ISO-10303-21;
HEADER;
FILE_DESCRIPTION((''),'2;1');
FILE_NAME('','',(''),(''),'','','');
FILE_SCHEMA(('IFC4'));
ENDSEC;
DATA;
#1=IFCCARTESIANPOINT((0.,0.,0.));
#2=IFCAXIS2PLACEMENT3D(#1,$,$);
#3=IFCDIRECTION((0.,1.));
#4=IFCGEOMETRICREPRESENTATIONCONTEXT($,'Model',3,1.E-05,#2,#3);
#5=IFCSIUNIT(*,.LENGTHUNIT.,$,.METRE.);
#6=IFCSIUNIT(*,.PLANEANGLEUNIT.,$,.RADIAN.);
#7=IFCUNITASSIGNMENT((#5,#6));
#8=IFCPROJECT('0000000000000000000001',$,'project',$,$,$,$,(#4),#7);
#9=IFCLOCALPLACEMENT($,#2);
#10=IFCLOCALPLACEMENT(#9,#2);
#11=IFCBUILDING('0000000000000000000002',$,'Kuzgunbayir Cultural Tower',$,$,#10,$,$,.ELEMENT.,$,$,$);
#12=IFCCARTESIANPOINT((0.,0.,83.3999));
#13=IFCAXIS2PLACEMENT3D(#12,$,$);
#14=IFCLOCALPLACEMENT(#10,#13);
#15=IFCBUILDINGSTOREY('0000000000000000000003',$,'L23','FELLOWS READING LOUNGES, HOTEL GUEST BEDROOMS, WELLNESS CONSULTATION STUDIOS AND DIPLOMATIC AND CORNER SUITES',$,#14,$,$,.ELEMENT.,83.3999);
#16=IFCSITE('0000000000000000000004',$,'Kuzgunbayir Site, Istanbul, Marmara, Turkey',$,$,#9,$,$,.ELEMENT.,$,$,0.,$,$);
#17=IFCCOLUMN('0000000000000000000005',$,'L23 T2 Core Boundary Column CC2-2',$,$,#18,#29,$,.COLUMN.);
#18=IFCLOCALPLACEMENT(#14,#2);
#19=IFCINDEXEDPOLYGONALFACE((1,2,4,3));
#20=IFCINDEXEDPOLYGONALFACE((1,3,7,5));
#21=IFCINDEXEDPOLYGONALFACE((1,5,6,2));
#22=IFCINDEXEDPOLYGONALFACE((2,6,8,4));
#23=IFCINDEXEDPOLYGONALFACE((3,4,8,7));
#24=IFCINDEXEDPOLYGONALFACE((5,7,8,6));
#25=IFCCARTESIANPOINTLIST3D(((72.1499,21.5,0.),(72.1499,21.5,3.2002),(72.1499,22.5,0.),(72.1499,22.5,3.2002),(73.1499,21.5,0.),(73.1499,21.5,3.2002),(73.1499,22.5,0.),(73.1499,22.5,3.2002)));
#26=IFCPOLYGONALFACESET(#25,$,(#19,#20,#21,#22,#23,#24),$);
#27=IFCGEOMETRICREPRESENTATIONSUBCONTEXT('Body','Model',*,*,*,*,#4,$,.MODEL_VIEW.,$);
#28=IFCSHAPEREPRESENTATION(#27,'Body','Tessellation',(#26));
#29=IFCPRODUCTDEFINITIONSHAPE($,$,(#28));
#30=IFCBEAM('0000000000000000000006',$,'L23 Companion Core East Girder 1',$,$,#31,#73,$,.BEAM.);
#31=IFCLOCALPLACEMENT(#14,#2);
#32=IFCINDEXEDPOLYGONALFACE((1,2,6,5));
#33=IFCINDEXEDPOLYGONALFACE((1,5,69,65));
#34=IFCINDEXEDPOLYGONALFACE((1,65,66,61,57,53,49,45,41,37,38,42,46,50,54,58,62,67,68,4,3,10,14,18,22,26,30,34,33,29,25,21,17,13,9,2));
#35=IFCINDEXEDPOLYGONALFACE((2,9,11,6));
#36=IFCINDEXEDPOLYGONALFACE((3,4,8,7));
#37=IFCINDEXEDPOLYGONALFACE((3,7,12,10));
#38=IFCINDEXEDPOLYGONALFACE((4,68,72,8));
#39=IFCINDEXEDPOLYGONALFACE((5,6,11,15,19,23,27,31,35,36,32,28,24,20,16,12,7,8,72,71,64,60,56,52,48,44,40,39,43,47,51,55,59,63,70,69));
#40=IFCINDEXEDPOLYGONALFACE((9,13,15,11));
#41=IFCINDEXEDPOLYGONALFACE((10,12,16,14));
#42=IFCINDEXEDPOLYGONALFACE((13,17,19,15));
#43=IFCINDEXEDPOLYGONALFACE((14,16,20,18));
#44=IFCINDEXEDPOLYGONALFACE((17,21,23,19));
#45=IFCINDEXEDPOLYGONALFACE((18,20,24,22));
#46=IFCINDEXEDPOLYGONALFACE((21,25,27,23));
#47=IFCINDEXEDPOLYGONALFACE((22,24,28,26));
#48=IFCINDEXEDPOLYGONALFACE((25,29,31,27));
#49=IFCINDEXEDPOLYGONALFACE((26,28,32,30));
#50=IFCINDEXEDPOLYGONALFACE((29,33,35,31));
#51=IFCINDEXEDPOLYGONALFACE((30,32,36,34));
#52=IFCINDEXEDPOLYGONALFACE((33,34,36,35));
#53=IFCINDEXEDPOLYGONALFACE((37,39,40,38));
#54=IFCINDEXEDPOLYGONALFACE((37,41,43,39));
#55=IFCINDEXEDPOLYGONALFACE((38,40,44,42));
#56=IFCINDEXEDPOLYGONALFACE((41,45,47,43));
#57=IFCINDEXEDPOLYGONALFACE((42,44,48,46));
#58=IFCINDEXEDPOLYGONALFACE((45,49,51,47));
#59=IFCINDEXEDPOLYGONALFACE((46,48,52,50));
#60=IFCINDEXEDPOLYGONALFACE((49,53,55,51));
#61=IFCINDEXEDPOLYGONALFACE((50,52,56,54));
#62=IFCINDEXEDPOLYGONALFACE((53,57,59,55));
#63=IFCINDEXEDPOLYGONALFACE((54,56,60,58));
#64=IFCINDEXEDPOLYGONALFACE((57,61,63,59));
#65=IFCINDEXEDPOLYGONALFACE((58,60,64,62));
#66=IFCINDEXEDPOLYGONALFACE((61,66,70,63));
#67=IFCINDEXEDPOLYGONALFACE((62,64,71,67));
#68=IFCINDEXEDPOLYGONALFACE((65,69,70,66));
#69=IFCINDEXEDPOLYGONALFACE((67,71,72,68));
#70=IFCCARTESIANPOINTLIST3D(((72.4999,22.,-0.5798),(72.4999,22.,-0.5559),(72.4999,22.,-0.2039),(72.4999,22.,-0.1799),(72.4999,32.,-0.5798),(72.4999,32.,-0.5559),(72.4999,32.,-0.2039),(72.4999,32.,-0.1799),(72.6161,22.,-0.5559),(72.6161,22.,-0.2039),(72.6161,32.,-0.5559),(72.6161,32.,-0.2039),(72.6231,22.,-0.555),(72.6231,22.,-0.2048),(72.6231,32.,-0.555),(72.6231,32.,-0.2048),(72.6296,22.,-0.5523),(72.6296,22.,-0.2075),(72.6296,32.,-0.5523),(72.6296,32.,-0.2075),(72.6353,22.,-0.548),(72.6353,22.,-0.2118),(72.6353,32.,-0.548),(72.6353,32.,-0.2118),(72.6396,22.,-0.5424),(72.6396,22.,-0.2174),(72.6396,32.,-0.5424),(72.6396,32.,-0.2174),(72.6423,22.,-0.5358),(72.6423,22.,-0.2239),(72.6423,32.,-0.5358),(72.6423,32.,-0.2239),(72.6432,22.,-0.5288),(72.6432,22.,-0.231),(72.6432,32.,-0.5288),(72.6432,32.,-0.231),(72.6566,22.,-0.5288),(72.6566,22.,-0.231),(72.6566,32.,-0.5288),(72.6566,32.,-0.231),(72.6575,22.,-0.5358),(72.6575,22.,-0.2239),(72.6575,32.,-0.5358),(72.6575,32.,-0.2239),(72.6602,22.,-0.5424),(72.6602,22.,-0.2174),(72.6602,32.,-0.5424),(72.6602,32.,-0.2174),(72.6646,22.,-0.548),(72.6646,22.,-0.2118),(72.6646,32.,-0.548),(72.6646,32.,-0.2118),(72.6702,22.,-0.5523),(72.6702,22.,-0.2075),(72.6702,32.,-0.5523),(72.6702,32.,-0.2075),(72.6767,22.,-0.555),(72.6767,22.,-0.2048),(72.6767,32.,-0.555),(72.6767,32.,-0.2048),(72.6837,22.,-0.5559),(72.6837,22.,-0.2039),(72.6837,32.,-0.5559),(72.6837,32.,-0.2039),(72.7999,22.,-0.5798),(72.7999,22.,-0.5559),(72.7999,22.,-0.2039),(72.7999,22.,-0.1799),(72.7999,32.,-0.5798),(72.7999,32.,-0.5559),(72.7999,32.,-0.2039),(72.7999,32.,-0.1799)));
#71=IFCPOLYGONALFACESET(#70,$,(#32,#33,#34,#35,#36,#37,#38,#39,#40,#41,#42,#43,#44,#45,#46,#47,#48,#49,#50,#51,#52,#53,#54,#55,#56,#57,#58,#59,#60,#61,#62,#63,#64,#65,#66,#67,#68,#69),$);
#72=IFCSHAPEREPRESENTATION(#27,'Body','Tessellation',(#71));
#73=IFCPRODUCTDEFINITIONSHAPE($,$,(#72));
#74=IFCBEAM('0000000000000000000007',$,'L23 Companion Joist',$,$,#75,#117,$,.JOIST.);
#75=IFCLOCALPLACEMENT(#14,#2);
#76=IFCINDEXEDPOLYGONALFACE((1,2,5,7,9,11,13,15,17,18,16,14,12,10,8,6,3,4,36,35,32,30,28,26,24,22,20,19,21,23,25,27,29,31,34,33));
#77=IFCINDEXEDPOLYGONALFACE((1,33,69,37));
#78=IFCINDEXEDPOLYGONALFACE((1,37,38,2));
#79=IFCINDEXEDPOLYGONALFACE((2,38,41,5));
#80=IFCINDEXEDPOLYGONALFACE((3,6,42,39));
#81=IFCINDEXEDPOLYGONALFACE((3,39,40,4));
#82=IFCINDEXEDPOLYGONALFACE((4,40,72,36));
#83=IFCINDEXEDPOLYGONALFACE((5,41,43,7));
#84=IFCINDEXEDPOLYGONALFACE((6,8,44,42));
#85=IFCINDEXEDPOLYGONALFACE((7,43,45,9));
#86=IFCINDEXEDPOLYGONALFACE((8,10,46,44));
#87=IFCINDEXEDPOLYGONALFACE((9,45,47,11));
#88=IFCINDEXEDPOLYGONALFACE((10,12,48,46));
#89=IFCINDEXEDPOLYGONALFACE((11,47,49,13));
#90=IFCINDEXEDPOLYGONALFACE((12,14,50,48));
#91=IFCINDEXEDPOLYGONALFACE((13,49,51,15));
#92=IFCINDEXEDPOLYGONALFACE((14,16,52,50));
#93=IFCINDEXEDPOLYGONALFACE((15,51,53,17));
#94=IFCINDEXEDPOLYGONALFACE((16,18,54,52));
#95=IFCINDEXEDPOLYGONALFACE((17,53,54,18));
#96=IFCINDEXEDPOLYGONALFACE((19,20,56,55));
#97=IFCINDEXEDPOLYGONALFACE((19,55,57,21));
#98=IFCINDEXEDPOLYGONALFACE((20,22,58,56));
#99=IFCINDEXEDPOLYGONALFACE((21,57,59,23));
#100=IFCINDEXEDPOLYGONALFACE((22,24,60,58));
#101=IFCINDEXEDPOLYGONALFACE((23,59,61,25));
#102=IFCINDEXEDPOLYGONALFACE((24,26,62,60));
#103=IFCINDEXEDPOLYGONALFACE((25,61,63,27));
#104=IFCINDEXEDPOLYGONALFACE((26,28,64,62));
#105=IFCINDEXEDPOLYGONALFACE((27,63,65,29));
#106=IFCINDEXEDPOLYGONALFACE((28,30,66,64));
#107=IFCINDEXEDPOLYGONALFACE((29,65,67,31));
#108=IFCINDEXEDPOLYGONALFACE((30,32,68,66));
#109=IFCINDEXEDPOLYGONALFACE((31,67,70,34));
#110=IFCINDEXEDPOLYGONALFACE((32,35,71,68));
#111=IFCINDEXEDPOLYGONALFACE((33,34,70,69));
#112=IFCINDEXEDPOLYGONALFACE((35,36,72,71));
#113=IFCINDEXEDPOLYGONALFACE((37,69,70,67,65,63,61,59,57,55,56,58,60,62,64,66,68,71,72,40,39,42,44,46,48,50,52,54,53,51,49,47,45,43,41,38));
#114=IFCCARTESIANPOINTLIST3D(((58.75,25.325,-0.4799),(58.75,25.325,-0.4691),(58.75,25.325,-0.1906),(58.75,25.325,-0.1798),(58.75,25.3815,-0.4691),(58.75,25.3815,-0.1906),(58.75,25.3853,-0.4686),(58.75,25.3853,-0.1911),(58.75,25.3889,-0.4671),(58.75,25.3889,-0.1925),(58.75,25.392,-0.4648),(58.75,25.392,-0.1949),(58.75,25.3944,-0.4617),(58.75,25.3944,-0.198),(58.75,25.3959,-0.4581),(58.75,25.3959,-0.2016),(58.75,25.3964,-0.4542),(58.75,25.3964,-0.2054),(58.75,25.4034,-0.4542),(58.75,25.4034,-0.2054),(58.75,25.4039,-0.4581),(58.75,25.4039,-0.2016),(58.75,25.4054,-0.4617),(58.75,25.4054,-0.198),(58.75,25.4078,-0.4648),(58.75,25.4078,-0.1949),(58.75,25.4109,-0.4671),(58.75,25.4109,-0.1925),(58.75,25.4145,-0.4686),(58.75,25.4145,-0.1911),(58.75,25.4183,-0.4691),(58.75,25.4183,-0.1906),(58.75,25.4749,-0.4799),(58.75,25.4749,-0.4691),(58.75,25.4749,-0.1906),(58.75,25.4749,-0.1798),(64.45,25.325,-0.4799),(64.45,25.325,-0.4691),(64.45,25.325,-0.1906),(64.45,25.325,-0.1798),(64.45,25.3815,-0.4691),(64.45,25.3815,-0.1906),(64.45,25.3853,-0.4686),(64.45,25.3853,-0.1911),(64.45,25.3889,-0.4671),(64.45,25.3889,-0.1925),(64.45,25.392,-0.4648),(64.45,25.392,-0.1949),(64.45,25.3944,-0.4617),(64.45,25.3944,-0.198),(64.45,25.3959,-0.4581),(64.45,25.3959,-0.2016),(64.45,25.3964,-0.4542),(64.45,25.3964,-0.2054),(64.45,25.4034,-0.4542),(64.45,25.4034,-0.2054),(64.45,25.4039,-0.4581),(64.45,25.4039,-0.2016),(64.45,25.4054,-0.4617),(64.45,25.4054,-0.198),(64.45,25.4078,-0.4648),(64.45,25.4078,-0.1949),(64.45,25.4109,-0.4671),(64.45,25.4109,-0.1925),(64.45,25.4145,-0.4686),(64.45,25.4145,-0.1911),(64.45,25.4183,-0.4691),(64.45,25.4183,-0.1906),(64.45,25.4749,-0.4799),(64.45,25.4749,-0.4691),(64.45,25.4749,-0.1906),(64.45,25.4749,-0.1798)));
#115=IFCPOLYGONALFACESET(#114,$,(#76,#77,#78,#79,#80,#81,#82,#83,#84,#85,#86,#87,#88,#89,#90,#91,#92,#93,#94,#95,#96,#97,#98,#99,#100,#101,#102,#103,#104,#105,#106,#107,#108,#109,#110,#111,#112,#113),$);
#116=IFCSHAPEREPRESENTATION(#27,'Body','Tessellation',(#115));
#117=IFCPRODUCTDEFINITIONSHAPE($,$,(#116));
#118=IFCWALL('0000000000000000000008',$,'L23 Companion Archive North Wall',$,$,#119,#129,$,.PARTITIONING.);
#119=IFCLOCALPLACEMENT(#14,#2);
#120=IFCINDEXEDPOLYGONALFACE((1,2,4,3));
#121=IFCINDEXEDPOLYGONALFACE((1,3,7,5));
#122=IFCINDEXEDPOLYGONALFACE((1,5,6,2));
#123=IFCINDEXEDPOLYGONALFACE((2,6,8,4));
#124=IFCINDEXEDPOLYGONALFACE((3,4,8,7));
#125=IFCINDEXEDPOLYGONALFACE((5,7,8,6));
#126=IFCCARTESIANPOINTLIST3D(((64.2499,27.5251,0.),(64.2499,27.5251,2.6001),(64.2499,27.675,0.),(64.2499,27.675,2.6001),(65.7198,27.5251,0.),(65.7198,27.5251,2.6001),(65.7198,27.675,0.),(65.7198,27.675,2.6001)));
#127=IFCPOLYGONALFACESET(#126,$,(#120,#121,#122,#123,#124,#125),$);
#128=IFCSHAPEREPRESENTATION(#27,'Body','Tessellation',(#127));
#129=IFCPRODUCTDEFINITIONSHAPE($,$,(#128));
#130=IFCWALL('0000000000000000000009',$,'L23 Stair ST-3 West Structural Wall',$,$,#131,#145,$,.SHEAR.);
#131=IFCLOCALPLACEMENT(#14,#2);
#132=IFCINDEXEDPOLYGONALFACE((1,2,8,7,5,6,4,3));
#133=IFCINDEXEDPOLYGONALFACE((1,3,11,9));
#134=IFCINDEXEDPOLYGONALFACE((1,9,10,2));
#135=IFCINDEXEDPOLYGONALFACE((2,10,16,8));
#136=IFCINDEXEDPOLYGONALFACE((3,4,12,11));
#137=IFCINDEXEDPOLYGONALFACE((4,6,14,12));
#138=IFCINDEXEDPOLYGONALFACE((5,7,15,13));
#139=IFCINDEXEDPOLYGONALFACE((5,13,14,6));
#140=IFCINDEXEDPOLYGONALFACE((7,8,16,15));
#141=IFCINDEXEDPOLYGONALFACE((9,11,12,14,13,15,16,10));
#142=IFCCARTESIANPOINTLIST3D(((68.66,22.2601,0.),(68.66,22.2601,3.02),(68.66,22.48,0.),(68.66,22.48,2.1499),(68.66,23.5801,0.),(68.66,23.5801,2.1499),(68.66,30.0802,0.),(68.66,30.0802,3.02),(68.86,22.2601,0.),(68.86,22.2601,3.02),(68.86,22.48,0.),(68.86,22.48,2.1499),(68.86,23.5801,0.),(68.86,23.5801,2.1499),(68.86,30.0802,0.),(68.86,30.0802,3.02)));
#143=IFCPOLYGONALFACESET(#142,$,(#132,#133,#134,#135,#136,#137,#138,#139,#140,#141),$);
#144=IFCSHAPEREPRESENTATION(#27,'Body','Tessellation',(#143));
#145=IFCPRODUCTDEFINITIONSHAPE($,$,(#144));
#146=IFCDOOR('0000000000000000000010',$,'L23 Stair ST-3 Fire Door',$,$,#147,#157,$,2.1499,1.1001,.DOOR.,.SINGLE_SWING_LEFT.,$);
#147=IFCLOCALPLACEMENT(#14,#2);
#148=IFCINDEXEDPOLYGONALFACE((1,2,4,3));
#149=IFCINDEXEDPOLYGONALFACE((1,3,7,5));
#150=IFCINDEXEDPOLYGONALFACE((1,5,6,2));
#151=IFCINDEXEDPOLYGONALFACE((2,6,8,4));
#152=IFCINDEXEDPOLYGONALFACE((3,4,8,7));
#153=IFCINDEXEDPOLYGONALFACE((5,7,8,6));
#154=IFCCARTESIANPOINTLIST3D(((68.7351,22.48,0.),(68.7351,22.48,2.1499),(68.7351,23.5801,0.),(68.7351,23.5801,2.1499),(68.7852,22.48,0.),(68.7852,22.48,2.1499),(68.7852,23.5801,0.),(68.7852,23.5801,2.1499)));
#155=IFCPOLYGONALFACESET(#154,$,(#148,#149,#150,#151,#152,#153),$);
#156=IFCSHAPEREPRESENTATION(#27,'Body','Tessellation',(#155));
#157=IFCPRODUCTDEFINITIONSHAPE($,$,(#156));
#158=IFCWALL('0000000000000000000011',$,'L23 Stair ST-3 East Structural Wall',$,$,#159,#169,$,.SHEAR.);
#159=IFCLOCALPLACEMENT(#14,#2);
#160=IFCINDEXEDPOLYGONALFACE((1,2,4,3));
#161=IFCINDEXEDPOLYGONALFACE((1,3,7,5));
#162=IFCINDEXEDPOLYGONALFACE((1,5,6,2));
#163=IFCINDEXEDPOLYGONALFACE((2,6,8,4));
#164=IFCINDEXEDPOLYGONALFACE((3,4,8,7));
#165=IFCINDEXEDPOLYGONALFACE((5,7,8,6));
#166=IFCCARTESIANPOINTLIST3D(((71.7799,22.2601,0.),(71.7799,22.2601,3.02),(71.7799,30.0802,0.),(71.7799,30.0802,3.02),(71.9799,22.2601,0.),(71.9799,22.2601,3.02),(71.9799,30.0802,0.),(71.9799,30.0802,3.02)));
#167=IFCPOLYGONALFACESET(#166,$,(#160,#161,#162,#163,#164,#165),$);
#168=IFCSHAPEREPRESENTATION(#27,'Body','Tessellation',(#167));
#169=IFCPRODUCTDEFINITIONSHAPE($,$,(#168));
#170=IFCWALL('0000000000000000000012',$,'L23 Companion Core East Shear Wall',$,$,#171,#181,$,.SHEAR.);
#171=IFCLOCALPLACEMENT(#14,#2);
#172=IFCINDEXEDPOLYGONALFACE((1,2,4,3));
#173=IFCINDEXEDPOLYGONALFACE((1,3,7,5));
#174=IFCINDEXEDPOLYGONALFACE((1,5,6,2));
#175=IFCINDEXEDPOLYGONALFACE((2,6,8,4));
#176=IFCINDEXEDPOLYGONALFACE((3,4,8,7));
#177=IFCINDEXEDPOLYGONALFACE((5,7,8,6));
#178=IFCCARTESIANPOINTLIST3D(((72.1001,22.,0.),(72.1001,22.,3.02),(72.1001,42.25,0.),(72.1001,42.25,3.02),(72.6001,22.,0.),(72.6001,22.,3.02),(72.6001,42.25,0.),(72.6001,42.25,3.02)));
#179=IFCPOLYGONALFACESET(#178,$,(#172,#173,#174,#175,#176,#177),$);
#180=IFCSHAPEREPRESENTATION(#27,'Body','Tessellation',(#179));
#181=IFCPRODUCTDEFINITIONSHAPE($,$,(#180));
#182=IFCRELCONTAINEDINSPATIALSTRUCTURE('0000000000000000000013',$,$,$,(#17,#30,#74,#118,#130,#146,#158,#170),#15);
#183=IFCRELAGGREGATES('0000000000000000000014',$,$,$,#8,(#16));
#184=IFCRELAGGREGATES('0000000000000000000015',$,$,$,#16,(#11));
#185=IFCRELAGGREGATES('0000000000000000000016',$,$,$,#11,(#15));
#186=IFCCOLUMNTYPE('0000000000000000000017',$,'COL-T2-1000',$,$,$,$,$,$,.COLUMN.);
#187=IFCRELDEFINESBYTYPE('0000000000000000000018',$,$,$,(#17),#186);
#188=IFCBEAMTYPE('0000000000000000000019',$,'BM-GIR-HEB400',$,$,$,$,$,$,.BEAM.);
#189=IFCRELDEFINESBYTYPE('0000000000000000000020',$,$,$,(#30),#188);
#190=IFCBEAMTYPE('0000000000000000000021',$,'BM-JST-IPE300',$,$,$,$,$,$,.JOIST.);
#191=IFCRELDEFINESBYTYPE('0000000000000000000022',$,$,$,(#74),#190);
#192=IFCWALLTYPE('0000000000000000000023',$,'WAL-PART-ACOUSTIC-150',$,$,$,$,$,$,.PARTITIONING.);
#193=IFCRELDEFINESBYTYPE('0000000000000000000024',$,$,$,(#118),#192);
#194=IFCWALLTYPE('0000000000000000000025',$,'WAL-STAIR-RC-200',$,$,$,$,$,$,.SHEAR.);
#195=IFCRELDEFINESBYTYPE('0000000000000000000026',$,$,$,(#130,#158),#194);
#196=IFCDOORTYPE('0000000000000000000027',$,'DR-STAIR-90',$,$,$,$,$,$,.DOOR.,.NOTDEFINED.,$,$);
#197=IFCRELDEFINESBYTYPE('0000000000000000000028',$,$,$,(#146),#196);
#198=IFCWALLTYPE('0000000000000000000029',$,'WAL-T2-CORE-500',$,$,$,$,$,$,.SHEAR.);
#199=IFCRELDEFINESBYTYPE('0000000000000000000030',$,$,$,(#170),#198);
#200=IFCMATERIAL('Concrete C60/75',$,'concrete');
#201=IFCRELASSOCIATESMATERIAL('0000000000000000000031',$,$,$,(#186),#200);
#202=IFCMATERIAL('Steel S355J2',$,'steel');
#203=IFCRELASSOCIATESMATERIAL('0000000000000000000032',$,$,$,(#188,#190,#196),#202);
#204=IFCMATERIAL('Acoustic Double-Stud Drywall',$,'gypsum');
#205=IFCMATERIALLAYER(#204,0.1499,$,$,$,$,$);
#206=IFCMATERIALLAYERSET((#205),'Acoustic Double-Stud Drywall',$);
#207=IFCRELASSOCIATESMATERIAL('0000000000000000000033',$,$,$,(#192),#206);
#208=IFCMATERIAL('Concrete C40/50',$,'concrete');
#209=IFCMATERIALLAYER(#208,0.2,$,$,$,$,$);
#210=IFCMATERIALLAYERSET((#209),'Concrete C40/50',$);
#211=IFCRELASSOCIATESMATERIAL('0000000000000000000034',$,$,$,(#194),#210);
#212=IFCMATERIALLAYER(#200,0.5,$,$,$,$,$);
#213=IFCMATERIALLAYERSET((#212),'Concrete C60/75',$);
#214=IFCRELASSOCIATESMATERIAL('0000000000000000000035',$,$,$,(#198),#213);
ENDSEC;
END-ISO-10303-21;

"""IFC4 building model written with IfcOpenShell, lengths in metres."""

from ifc_helpers import new_model, si_unit, direction, frame, frame_2d, origin, origin_2d, place, context, subcontext, project, spatial, rectangle, i_section, extrude, material, layer, layer_set, material_profile, profile_set, type_object, element, fill, save


model = new_model("IFC4")

# Units and contexts
model_context = context("Model", 3, precision=1e-05, world=origin(), true_north=direction((0.0, 1.0)))
body_context = subcontext(model_context, "Body", "Model", "MODEL_VIEW")
ifc_project = project(units=[si_unit("LENGTHUNIT", "METRE"), si_unit("PLANEANGLEUNIT", "RADIAN")], contexts=[model_context])

# Site, building, storey
site_placement = place(None, origin())
site = spatial("IfcSite", under=ifc_project, at=site_placement, Name="Kuzgunbayir Site, Istanbul, Marmara, Turkey", CompositionType="ELEMENT", RefElevation=0.0)
building_placement = place(site_placement, origin())
building = spatial("IfcBuilding", under=site, at=building_placement, Name="Kuzgunbayir Cultural Tower", CompositionType="ELEMENT")
storey_placement = place(building_placement, frame((0.0, 0.0, 83.3999)))
storey = spatial("IfcBuildingStorey", under=building, at=storey_placement, Name="L23", Description="FELLOWS READING LOUNGES, HOTEL GUEST BEDROOMS, WELLNESS CONSULTATION STUDIOS AND DIPLOMATIC AND CORNER SUITES", CompositionType="ELEMENT", Elevation=83.3999)

# Column
ifc_material_1 = material(Name="Concrete C60/75", Category="concrete")
ifc_material_profile_1 = material_profile(ifc_material_1, rectangle(XDim=1.0, YDim=1.0, at=origin_2d()), Name="RC 1000x1000")
ifc_profile_set_1 = profile_set([ifc_material_profile_1], Name="Concrete C60/75")
column_type = type_object("IfcColumnType", Name="COL-T2-1000", PredefinedType="COLUMN", material=ifc_profile_set_1)
column_placement = place(storey_placement, frame((72.6499, 22.0, 0.0), z_axis=(0.0, 0.0, 1.0), x_axis=(1.0, 0.0, 0.0)))
element("IfcColumn", 1, at=column_placement, inside=storey, type_object=column_type, Name="L23 T2 Core Boundary Column CC2-2", PredefinedType="COLUMN", context=body_context, shape_type="SweptSolid", body=[
    extrude(rectangle(XDim=1.0, YDim=1.0, at=origin_2d()), origin(), (0.0, 0.0, 1.0), 3.2002),
])

# Beams
ifc_material_2 = material(Name="Steel S355J2", Category="steel")
ifc_material_profile_2 = material_profile(ifc_material_2, i_section(OverallWidth=0.3, OverallDepth=0.3999, WebThickness=0.0134, FlangeThickness=0.0239, FilletRadius=0.0271, at=origin_2d()), Name="HEB 400")
ifc_profile_set_2 = profile_set([ifc_material_profile_2], Name="Steel S355J2")
beam_type_1 = type_object("IfcBeamType", Name="BM-GIR-HEB400", PredefinedType="BEAM", material=ifc_profile_set_2)
beam_1_placement = place(storey_placement, frame((72.6499, 22.0, -0.3799), z_axis=(0.0, 1.0, 0.0), x_axis=(-1.0, 0.0, 0.0)))
element("IfcBeam", 2, at=beam_1_placement, inside=storey, type_object=beam_type_1, Name="L23 Companion Core East Girder 1", PredefinedType="BEAM", context=body_context, shape_type="SweptSolid", body=[
    extrude(i_section(OverallWidth=0.3, OverallDepth=0.3999, WebThickness=0.0134, FlangeThickness=0.0239, FilletRadius=0.0271, at=origin_2d()), origin(), (0.0, 0.0, 1.0), 10.0),
])
ifc_material_profile_3 = material_profile(ifc_material_2, i_section(OverallWidth=0.1499, OverallDepth=0.3, WebThickness=0.0071, FlangeThickness=0.0107, FilletRadius=0.0149, at=origin_2d()), Name="IPE 300")
ifc_profile_set_3 = profile_set([ifc_material_profile_3], Name="Steel S355J2")
beam_type_2 = type_object("IfcBeamType", Name="BM-JST-IPE300", PredefinedType="JOIST", material=ifc_profile_set_3)
beam_2_placement = place(storey_placement, frame((58.75, 25.3999, -0.3298), z_axis=(1.0, 0.0, 0.0), x_axis=(0.0, 1.0, 0.0)))
element("IfcBeam", 3, at=beam_2_placement, inside=storey, type_object=beam_type_2, Name="L23 Companion Joist", PredefinedType="JOIST", context=body_context, shape_type="SweptSolid", body=[
    extrude(i_section(OverallWidth=0.1499, OverallDepth=0.3, WebThickness=0.0071, FlangeThickness=0.0107, FilletRadius=0.0149, at=origin_2d()), origin(), (0.0, 0.0, 1.0), 5.7),
])

# Wall
ifc_material_3 = material(Name="Acoustic Double-Stud Drywall", Category="gypsum")
ifc_layer_1 = layer(ifc_material_3, 0.1499)
ifc_layer_set_1 = layer_set([ifc_layer_1], Name="Acoustic Double-Stud Drywall")
wall_type_1 = type_object("IfcWallType", Name="WAL-PART-ACOUSTIC-150", PredefinedType="PARTITIONING", material=ifc_layer_set_1)
wall_1_placement = place(storey_placement, frame((64.25, 27.6001, 0.0), z_axis=(0.0, 0.0, 1.0), x_axis=(1.0, 0.0, 0.0)))
element("IfcWall", 4, at=wall_1_placement, inside=storey, type_object=wall_type_1, Name="L23 Companion Archive North Wall", PredefinedType="PARTITIONING", context=body_context, shape_type="SweptSolid", body=[
    extrude(rectangle(XDim=1.47, YDim=0.1499, at=frame_2d((0.7349, 0.0))), origin(), (0.0, 0.0, 1.0), 2.6001),
])

# Wall, opening, door
ifc_material_4 = material(Name="Concrete C40/50", Category="concrete")
ifc_layer_2 = layer(ifc_material_4, 0.2)
ifc_layer_set_2 = layer_set([ifc_layer_2], Name="Concrete C40/50")
wall_type_2 = type_object("IfcWallType", Name="WAL-STAIR-RC-200", PredefinedType="SHEAR", material=ifc_layer_set_2)
wall_2_placement = place(storey_placement, frame((68.76, 22.26, 0.0), z_axis=(0.0, 0.0, 1.0), x_axis=(0.0, 1.0, 0.0)))
wall_2 = element("IfcWall", 5, at=wall_2_placement, inside=storey, type_object=wall_type_2, Name="L23 Stair ST-3 West Structural Wall", PredefinedType="SHEAR", context=body_context, shape_type="SweptSolid", body=[
    extrude(rectangle(XDim=7.8201, YDim=0.2, at=frame_2d((3.9102, 0.0))), origin(), (0.0, 0.0, 1.0), 3.02),
])
opening_1_placement = place(wall_2_placement, frame((0.22, 0.0, 0.0)))
opening_1 = element("IfcOpeningElement", 6, at=opening_1_placement, cuts=wall_2, PredefinedType="OPENING", context=body_context, shape_type="SweptSolid", body=[
    extrude(rectangle(XDim=1.1001, YDim=2.1499, at=frame_2d((0.55, 1.075))), frame((0.0, 0.1099, 0.0), z_axis=(0.0, -1.0, 0.0), x_axis=(1.0, 0.0, 0.0)), (0.0, 0.0, 1.0), 0.22),
])
door_type_1 = type_object("IfcDoorType", Name="DR-STAIR-90", OperationType="NOTDEFINED", PredefinedType="DOOR", material=ifc_material_2)
door_1_placement = place(opening_1_placement, origin())
door_1 = element("IfcDoor", 7, at=door_1_placement, inside=storey, type_object=door_type_1, Name="L23 Stair ST-3 Fire Door", OperationType="SINGLE_SWING_LEFT", OverallHeight=2.1499, OverallWidth=1.1001, PredefinedType="DOOR", context=body_context, shape_type="SweptSolid", body=[
    extrude(rectangle(XDim=1.1001, YDim=2.1499, at=frame_2d((0.55, 1.075))), frame((0.0, 0.0249, 0.0), z_axis=(0.0, -1.0, 0.0), x_axis=(1.0, 0.0, 0.0)), (0.0, 0.0, 1.0), 0.05),
])
fill(opening_1, door_1)

# Walls
wall_3_placement = place(storey_placement, frame((71.8799, 22.26, 0.0), z_axis=(0.0, 0.0, 1.0), x_axis=(0.0, 1.0, 0.0)))
element("IfcWall", 8, at=wall_3_placement, inside=storey, type_object=wall_type_2, Name="L23 Stair ST-3 East Structural Wall", PredefinedType="SHEAR", context=body_context, shape_type="SweptSolid", body=[
    extrude(rectangle(XDim=7.8201, YDim=0.2, at=frame_2d((3.9102, 0.0))), origin(), (0.0, 0.0, 1.0), 3.02),
])
ifc_layer_3 = layer(ifc_material_1, 0.5)
ifc_layer_set_3 = layer_set([ifc_layer_3], Name="Concrete C60/75")
wall_type_3 = type_object("IfcWallType", Name="WAL-T2-CORE-500", PredefinedType="SHEAR", material=ifc_layer_set_3)
wall_4_placement = place(storey_placement, frame((72.3501, 22.0, 0.0), z_axis=(0.0, 0.0, 1.0), x_axis=(0.0, 1.0, 0.0)))
element("IfcWall", 9, at=wall_4_placement, inside=storey, type_object=wall_type_3, Name="L23 Companion Core East Shear Wall", PredefinedType="SHEAR", context=body_context, shape_type="SweptSolid", body=[
    extrude(rectangle(XDim=20.25, YDim=0.5, at=frame_2d((10.125, 0.0))), origin(), (0.0, 0.0, 1.0), 3.02),
])

save(model, "model.ifc")
